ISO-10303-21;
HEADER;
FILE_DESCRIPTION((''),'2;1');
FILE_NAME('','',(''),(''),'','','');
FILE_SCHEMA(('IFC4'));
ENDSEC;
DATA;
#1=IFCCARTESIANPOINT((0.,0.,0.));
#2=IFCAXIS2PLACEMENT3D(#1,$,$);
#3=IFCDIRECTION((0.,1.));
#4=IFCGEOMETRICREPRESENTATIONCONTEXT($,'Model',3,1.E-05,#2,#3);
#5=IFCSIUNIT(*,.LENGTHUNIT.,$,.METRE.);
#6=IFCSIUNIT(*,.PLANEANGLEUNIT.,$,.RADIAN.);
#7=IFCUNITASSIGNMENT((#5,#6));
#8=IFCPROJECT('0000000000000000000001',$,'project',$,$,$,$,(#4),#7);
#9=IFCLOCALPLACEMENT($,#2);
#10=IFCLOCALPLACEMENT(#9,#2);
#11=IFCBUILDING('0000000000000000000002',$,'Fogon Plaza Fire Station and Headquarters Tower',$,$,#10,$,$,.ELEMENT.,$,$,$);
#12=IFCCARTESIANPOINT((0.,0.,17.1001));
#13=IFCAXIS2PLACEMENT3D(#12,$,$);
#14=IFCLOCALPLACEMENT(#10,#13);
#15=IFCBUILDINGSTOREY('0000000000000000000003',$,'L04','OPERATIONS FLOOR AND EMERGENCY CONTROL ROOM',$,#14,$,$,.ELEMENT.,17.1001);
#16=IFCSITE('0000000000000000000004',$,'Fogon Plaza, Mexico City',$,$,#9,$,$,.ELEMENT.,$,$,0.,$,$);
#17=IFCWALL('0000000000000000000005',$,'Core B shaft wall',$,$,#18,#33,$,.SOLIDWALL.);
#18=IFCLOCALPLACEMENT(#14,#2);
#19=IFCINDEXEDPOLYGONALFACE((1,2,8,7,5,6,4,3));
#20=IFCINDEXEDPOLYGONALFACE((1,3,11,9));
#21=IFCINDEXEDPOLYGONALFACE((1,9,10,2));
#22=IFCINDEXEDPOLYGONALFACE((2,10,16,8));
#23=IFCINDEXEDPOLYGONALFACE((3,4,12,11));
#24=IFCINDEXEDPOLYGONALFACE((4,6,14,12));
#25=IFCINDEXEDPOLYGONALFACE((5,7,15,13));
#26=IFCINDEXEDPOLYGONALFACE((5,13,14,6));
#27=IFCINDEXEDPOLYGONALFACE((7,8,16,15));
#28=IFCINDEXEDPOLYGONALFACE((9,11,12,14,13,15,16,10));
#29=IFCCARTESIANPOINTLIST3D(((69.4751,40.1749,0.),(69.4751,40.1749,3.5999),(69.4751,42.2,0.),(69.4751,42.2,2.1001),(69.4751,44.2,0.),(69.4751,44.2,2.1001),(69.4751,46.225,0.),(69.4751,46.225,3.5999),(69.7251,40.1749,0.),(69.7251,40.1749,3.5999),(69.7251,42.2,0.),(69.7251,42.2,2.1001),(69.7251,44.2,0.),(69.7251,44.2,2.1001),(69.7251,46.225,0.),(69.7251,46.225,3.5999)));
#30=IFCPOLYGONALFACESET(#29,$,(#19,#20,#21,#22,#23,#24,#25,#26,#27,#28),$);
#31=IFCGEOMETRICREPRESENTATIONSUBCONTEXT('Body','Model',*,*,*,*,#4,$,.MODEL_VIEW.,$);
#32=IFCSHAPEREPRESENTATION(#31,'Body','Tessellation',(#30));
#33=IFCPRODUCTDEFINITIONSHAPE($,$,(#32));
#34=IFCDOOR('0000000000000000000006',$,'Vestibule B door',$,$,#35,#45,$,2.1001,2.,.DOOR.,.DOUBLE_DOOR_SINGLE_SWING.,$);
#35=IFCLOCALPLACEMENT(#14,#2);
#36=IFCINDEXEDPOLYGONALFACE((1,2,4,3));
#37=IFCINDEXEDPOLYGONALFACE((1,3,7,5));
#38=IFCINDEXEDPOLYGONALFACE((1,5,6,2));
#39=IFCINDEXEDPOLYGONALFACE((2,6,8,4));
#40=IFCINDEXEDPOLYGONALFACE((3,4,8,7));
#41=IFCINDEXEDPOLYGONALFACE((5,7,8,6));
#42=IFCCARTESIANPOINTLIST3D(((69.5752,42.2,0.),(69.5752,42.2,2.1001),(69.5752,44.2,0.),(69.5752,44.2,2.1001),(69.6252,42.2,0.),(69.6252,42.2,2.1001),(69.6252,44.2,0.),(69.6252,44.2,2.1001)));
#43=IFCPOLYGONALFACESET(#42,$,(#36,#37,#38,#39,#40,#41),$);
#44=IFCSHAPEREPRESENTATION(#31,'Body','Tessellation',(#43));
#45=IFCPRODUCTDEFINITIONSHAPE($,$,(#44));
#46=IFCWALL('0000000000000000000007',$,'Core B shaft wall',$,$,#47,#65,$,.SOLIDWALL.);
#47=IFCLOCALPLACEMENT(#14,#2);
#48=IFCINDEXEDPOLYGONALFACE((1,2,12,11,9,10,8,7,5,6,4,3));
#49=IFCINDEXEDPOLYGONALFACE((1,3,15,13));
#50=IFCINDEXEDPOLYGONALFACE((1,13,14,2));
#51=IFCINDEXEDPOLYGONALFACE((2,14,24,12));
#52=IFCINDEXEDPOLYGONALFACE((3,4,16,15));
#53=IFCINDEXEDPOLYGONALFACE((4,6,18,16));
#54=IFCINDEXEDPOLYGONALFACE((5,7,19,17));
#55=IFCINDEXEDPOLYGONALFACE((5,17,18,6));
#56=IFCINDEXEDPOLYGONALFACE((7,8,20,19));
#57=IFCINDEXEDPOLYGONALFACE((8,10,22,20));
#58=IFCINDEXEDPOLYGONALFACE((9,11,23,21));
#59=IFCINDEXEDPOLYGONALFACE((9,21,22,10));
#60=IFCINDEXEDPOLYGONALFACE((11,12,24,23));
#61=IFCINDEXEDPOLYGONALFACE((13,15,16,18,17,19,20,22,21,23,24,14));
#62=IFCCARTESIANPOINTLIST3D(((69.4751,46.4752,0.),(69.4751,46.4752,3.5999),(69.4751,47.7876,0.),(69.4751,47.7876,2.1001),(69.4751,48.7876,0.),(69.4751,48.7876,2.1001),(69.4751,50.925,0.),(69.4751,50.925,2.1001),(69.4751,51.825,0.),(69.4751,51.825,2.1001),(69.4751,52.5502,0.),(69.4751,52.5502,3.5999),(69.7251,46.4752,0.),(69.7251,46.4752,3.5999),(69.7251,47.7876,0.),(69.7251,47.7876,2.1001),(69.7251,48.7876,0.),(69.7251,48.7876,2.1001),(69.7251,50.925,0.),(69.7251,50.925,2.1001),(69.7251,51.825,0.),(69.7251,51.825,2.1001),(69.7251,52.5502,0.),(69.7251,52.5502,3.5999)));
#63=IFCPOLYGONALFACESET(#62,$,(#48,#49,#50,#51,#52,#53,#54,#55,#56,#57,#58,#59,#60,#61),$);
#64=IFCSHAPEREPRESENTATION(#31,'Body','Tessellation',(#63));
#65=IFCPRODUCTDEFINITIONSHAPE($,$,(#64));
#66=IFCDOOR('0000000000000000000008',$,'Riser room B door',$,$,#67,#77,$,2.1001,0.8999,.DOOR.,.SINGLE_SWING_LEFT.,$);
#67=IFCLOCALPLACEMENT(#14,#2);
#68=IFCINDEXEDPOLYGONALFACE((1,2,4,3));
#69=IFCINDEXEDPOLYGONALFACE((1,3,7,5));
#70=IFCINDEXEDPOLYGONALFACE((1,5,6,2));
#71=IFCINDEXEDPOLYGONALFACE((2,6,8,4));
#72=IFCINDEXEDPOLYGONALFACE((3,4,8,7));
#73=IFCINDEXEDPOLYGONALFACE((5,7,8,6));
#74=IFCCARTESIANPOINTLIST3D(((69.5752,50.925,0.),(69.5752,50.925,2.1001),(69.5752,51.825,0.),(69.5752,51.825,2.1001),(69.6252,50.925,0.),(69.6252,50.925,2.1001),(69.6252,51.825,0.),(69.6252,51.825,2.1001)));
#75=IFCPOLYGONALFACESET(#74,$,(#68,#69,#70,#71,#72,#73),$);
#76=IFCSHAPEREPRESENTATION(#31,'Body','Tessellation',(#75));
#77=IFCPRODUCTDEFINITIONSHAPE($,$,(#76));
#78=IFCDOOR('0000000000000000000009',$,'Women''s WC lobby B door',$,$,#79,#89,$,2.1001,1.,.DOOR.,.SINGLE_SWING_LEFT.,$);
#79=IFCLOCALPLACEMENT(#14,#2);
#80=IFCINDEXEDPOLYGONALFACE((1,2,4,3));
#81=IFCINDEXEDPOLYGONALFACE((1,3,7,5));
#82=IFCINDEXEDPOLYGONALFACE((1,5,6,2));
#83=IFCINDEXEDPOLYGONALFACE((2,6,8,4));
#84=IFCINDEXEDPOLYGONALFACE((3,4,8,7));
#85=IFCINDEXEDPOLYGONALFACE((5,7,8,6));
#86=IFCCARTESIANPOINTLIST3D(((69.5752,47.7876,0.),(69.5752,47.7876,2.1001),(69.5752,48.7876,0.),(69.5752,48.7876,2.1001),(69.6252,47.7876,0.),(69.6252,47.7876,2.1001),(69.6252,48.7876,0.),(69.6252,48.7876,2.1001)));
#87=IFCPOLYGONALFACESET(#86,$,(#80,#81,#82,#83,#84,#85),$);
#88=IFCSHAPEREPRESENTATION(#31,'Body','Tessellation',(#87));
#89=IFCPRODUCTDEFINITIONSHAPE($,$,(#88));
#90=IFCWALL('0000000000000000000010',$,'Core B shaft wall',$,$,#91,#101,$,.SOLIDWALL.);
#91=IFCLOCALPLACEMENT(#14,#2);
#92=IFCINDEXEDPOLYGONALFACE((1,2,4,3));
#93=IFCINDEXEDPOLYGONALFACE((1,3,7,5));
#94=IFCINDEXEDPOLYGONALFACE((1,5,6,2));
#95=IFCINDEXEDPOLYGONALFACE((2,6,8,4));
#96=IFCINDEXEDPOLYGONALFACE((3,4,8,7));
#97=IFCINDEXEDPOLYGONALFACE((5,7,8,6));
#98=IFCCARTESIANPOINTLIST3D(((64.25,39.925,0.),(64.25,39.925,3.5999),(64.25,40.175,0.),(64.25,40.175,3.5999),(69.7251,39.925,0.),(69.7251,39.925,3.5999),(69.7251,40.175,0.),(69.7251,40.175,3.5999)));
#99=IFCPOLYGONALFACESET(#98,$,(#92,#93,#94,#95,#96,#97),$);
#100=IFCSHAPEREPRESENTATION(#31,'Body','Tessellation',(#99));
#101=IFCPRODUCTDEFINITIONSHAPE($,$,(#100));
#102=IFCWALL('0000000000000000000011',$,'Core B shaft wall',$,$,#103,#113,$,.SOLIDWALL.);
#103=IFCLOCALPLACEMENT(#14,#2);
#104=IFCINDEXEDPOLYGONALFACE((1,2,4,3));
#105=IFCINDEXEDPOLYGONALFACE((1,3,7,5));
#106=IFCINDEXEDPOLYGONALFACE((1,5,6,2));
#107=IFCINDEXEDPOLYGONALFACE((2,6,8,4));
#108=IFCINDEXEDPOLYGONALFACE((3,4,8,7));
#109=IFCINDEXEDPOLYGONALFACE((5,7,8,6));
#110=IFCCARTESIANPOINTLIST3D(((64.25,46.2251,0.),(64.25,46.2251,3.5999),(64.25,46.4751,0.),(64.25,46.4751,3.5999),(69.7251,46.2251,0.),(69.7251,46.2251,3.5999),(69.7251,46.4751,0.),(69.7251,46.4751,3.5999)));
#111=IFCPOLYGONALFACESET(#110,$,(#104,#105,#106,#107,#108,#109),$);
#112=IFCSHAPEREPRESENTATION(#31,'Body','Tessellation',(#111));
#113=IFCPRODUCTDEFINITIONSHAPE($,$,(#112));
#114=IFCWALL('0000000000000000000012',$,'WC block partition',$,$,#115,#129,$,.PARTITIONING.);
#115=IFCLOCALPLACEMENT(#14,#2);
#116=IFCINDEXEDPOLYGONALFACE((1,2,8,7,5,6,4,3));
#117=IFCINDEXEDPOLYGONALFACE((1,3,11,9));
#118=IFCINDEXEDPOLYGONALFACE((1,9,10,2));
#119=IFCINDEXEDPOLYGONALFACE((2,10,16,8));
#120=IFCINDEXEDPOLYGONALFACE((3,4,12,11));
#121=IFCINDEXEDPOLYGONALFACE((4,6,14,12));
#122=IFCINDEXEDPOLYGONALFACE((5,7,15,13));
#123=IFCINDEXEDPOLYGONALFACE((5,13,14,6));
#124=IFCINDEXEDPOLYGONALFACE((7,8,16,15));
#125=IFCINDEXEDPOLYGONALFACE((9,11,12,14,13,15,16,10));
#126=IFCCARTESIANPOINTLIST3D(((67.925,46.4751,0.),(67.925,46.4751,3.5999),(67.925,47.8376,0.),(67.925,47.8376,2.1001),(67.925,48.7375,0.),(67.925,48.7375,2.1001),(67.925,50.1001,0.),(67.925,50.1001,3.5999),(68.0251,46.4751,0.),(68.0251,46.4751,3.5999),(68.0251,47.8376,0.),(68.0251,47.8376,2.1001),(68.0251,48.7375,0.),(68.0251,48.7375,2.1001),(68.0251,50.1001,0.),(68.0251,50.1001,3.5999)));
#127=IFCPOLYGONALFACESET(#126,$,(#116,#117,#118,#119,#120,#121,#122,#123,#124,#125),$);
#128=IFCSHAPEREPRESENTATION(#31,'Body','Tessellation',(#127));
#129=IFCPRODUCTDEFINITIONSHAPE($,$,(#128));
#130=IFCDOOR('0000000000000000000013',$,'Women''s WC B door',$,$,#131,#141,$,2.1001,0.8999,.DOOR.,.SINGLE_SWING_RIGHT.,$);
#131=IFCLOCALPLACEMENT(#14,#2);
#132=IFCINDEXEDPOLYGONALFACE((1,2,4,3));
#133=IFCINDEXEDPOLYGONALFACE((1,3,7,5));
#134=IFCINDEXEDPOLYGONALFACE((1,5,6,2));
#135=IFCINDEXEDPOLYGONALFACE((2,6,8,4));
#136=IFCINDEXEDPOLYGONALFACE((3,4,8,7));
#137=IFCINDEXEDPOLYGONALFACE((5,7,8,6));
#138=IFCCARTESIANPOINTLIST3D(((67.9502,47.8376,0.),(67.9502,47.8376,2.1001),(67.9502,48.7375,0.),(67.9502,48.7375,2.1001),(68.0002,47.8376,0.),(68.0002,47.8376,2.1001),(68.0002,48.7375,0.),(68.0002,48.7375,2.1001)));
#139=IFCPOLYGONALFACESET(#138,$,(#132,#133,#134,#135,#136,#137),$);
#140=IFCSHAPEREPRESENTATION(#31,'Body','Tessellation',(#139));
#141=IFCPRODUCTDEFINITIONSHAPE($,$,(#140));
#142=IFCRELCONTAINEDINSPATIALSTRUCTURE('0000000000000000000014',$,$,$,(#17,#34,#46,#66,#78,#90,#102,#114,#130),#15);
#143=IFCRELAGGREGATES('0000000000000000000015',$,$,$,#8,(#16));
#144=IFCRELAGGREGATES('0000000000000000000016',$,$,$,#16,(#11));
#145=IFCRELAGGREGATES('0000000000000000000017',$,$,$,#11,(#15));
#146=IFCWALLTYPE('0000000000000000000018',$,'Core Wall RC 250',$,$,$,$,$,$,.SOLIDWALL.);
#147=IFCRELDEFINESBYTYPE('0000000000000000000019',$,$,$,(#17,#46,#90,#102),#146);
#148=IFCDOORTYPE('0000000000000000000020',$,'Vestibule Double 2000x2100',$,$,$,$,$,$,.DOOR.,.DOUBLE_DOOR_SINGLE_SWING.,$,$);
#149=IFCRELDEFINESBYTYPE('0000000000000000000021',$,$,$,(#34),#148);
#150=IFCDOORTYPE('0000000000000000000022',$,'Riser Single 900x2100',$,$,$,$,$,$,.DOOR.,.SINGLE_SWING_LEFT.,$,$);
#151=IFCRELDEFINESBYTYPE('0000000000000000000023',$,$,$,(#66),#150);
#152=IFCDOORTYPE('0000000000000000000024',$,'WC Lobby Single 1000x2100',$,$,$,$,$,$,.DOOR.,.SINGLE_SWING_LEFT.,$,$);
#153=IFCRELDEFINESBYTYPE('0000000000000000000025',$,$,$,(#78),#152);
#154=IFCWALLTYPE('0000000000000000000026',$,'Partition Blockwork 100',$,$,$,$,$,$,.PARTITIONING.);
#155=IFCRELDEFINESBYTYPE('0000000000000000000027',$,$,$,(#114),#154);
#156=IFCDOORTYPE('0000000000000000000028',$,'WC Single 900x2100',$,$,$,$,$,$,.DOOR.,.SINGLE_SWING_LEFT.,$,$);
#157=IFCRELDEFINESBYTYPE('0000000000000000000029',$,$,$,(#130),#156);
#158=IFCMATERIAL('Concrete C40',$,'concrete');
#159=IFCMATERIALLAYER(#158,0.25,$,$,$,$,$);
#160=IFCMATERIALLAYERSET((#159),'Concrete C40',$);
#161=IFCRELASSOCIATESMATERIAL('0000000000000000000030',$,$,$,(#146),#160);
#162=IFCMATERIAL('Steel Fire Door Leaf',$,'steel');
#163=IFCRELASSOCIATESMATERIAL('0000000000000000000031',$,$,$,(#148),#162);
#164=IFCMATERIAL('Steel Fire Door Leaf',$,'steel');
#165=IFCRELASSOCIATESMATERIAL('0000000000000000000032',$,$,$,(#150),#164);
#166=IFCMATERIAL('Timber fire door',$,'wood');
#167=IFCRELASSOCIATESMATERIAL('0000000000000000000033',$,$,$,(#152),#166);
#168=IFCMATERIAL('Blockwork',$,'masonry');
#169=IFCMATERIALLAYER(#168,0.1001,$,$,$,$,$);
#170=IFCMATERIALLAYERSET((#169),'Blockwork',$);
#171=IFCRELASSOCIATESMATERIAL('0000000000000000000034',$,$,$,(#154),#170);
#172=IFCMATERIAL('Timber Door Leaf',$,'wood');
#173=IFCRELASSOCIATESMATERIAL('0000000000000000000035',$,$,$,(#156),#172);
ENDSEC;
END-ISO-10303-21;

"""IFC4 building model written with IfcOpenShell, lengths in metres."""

from ifc_helpers import new_model, si_unit, direction, frame, frame_2d, origin, place, context, subcontext, project, spatial, rectangle, extrude, material, layer, layer_set, type_object, element, fill, save


model = new_model("IFC4")

# Units and contexts
model_context = context("Model", 3, precision=1e-05, world=origin(), true_north=direction((0.0, 1.0)))
body_context = subcontext(model_context, "Body", "Model", "MODEL_VIEW")
ifc_project = project(units=[si_unit("LENGTHUNIT", "METRE"), si_unit("PLANEANGLEUNIT", "RADIAN")], contexts=[model_context])

# Site, building, storey
site_placement = place(None, origin())
site = spatial("IfcSite", under=ifc_project, at=site_placement, Name="Fogon Plaza, Mexico City", CompositionType="ELEMENT", RefElevation=0.0)
building_placement = place(site_placement, origin())
building = spatial("IfcBuilding", under=site, at=building_placement, Name="Fogon Plaza Fire Station and Headquarters Tower", CompositionType="ELEMENT")
storey_placement = place(building_placement, frame((0.0, 0.0, 17.1001)))
storey = spatial("IfcBuildingStorey", under=building, at=storey_placement, Name="L04", Description="OPERATIONS FLOOR AND EMERGENCY CONTROL ROOM", CompositionType="ELEMENT", Elevation=17.1001)

# Shared definitions
ifc_material_1 = material(Name="Concrete C40", Category="concrete")
ifc_layer_1 = layer(ifc_material_1, 0.25)
ifc_layer_set_1 = layer_set([ifc_layer_1], Name="Concrete C40")
wall_type_1 = type_object("IfcWallType", Name="Core Wall RC 250", PredefinedType="SOLIDWALL", material=ifc_layer_set_1)

# Wall, opening, door
wall_1_placement = place(storey_placement, frame((69.6001, 40.175, 0.0), z_axis=(0.0, 0.0, 1.0), x_axis=(0.0, 1.0, 0.0)))
wall_1 = element("IfcWall", 1, at=wall_1_placement, inside=storey, type_object=wall_type_1, Name="Core B shaft wall", PredefinedType="SOLIDWALL", context=body_context, shape_type="SweptSolid", body=[
    extrude(rectangle(XDim=6.05, YDim=0.25, at=frame_2d((3.0249, 0.0))), origin(), (0.0, 0.0, 1.0), 3.5999),
])
opening_1_placement = place(wall_1_placement, frame((2.0249, 0.0, 0.0)))
opening_1 = element("IfcOpeningElement", 2, at=opening_1_placement, cuts=wall_1, PredefinedType="OPENING", context=body_context, shape_type="SweptSolid", body=[
    extrude(rectangle(XDim=2.0, YDim=2.1001, at=frame_2d((1.0, 1.05))), frame((0.0, 0.135, 0.0), z_axis=(0.0, -1.0, 0.0), x_axis=(1.0, 0.0, 0.0)), (0.0, 0.0, 1.0), 0.27),
])
ifc_material_2 = material(Name="Steel Fire Door Leaf", Category="steel")
door_type_1 = type_object("IfcDoorType", Name="Vestibule Double 2000x2100", OperationType="DOUBLE_DOOR_SINGLE_SWING", PredefinedType="DOOR", material=ifc_material_2)
door_1_placement = place(opening_1_placement, origin())
door_1 = element("IfcDoor", 3, at=door_1_placement, inside=storey, type_object=door_type_1, Name="Vestibule B door", OperationType="DOUBLE_DOOR_SINGLE_SWING", OverallHeight=2.1001, OverallWidth=2.0, PredefinedType="DOOR", context=body_context, shape_type="SweptSolid", body=[
    extrude(rectangle(XDim=2.0, YDim=2.1001, at=frame_2d((1.0, 1.05))), frame((0.0, 0.0249, 0.0), z_axis=(0.0, -1.0, 0.0), x_axis=(1.0, 0.0, 0.0)), (0.0, 0.0, 1.0), 0.05),
])
fill(opening_1, door_1)

# Wall, openings, doors
wall_2_placement = place(storey_placement, frame((69.6001, 46.4751, 0.0), z_axis=(0.0, 0.0, 1.0), x_axis=(0.0, 1.0, 0.0)))
wall_2 = element("IfcWall", 4, at=wall_2_placement, inside=storey, type_object=wall_type_1, Name="Core B shaft wall", PredefinedType="SOLIDWALL", context=body_context, shape_type="SweptSolid", body=[
    extrude(rectangle(XDim=6.075, YDim=0.25, at=frame_2d((3.0376, 0.0))), origin(), (0.0, 0.0, 1.0), 3.5999),
])
opening_2_placement = place(wall_2_placement, frame((1.3125, 0.0, 0.0)))
opening_2 = element("IfcOpeningElement", 5, at=opening_2_placement, cuts=wall_2, PredefinedType="OPENING", context=body_context, shape_type="SweptSolid", body=[
    extrude(rectangle(XDim=1.0, YDim=2.1001, at=frame_2d((0.5, 1.05))), frame((0.0, 0.135, 0.0), z_axis=(0.0, -1.0, 0.0), x_axis=(1.0, 0.0, 0.0)), (0.0, 0.0, 1.0), 0.27),
])
opening_3_placement = place(wall_2_placement, frame((4.45, 0.0, 0.0)))
opening_3 = element("IfcOpeningElement", 6, at=opening_3_placement, cuts=wall_2, PredefinedType="OPENING", context=body_context, shape_type="SweptSolid", body=[
    extrude(rectangle(XDim=0.8999, YDim=2.1001, at=frame_2d((0.45, 1.05))), frame((0.0, 0.135, 0.0), z_axis=(0.0, -1.0, 0.0), x_axis=(1.0, 0.0, 0.0)), (0.0, 0.0, 1.0), 0.27),
])
ifc_material_3 = material(Name="Steel Fire Door Leaf", Category="steel")
door_type_2 = type_object("IfcDoorType", Name="Riser Single 900x2100", OperationType="SINGLE_SWING_LEFT", PredefinedType="DOOR", material=ifc_material_3)
door_2_placement = place(opening_3_placement, origin())
door_2 = element("IfcDoor", 7, at=door_2_placement, inside=storey, type_object=door_type_2, Name="Riser room B door", OperationType="SINGLE_SWING_LEFT", OverallHeight=2.1001, OverallWidth=0.8999, PredefinedType="DOOR", context=body_context, shape_type="SweptSolid", body=[
    extrude(rectangle(XDim=0.8999, YDim=2.1001, at=frame_2d((0.45, 1.05))), frame((0.0, 0.0249, 0.0), z_axis=(0.0, -1.0, 0.0), x_axis=(1.0, 0.0, 0.0)), (0.0, 0.0, 1.0), 0.05),
])
fill(opening_3, door_2)
ifc_material_4 = material(Name="Timber fire door", Category="wood")
door_type_3 = type_object("IfcDoorType", Name="WC Lobby Single 1000x2100", OperationType="SINGLE_SWING_LEFT", PredefinedType="DOOR", material=ifc_material_4)
door_3_placement = place(opening_2_placement, origin())
door_3 = element("IfcDoor", 8, at=door_3_placement, inside=storey, type_object=door_type_3, Name="Women's WC lobby B door", OperationType="SINGLE_SWING_LEFT", OverallHeight=2.1001, OverallWidth=1.0, PredefinedType="DOOR", context=body_context, shape_type="SweptSolid", body=[
    extrude(rectangle(XDim=1.0, YDim=2.1001, at=frame_2d((0.5, 1.05))), frame((0.0, 0.0249, 0.0), z_axis=(0.0, -1.0, 0.0), x_axis=(1.0, 0.0, 0.0)), (0.0, 0.0, 1.0), 0.05),
])
fill(opening_2, door_3)

# Walls
for number, where, z_axis, x_axis, name in (
    (9, (69.7251, 40.05, 0.0), (0.0, 0.0, 1.0), (-1.0, 0.0, 0.0), "Core B shaft wall"),
    (10, (69.7251, 46.3501, 0.0), (0.0, 0.0, 1.0), (-1.0, 0.0, 0.0), "Core B shaft wall"),
):
    element("IfcWall", number, at=place(storey_placement, frame(where, z_axis=z_axis, x_axis=x_axis)), inside=storey, type_object=wall_type_1, Name=name, PredefinedType="SOLIDWALL", context=body_context, shape_type="SweptSolid", body=[
        extrude(rectangle(XDim=5.4751, YDim=0.25, at=frame_2d((2.7375, 0.0))), origin(), (0.0, 0.0, 1.0), 3.5999),
    ])

# Wall, opening, door
ifc_material_5 = material(Name="Blockwork", Category="masonry")
ifc_layer_2 = layer(ifc_material_5, 0.1001)
ifc_layer_set_2 = layer_set([ifc_layer_2], Name="Blockwork")
wall_type_2 = type_object("IfcWallType", Name="Partition Blockwork 100", PredefinedType="PARTITIONING", material=ifc_layer_set_2)
wall_3_placement = place(storey_placement, frame((67.9751, 46.4751, 0.0), z_axis=(0.0, 0.0, 1.0), x_axis=(0.0, 1.0, 0.0)))
wall_3 = element("IfcWall", 11, at=wall_3_placement, inside=storey, type_object=wall_type_2, Name="WC block partition", PredefinedType="PARTITIONING", context=body_context, shape_type="SweptSolid", body=[
    extrude(rectangle(XDim=3.625, YDim=0.1001, at=frame_2d((1.8125, 0.0))), origin(), (0.0, 0.0, 1.0), 3.5999),
])
opening_4_placement = place(wall_3_placement, frame((1.3625, 0.0, 0.0)))
opening_4 = element("IfcOpeningElement", 12, at=opening_4_placement, cuts=wall_3, PredefinedType="OPENING", context=body_context, shape_type="SweptSolid", body=[
    extrude(rectangle(XDim=0.8999, YDim=2.1001, at=frame_2d((0.45, 1.05))), frame((0.0, 0.0601, 0.0), z_axis=(0.0, -1.0, 0.0), x_axis=(1.0, 0.0, 0.0)), (0.0, 0.0, 1.0), 0.1201),
])
ifc_material_6 = material(Name="Timber Door Leaf", Category="wood")
door_type_4 = type_object("IfcDoorType", Name="WC Single 900x2100", OperationType="SINGLE_SWING_LEFT", PredefinedType="DOOR", material=ifc_material_6)
door_4_placement = place(opening_4_placement, origin())
door_4 = element("IfcDoor", 13, at=door_4_placement, inside=storey, type_object=door_type_4, Name="Women's WC B door", OperationType="SINGLE_SWING_RIGHT", OverallHeight=2.1001, OverallWidth=0.8999, PredefinedType="DOOR", context=body_context, shape_type="SweptSolid", body=[
    extrude(rectangle(XDim=0.8999, YDim=2.1001, at=frame_2d((0.45, 1.05))), frame((0.0, 0.0249, 0.0), z_axis=(0.0, -1.0, 0.0), x_axis=(1.0, 0.0, 0.0)), (0.0, 0.0, 1.0), 0.05),
])
fill(opening_4, door_4)

save(model, "model.ifc")
